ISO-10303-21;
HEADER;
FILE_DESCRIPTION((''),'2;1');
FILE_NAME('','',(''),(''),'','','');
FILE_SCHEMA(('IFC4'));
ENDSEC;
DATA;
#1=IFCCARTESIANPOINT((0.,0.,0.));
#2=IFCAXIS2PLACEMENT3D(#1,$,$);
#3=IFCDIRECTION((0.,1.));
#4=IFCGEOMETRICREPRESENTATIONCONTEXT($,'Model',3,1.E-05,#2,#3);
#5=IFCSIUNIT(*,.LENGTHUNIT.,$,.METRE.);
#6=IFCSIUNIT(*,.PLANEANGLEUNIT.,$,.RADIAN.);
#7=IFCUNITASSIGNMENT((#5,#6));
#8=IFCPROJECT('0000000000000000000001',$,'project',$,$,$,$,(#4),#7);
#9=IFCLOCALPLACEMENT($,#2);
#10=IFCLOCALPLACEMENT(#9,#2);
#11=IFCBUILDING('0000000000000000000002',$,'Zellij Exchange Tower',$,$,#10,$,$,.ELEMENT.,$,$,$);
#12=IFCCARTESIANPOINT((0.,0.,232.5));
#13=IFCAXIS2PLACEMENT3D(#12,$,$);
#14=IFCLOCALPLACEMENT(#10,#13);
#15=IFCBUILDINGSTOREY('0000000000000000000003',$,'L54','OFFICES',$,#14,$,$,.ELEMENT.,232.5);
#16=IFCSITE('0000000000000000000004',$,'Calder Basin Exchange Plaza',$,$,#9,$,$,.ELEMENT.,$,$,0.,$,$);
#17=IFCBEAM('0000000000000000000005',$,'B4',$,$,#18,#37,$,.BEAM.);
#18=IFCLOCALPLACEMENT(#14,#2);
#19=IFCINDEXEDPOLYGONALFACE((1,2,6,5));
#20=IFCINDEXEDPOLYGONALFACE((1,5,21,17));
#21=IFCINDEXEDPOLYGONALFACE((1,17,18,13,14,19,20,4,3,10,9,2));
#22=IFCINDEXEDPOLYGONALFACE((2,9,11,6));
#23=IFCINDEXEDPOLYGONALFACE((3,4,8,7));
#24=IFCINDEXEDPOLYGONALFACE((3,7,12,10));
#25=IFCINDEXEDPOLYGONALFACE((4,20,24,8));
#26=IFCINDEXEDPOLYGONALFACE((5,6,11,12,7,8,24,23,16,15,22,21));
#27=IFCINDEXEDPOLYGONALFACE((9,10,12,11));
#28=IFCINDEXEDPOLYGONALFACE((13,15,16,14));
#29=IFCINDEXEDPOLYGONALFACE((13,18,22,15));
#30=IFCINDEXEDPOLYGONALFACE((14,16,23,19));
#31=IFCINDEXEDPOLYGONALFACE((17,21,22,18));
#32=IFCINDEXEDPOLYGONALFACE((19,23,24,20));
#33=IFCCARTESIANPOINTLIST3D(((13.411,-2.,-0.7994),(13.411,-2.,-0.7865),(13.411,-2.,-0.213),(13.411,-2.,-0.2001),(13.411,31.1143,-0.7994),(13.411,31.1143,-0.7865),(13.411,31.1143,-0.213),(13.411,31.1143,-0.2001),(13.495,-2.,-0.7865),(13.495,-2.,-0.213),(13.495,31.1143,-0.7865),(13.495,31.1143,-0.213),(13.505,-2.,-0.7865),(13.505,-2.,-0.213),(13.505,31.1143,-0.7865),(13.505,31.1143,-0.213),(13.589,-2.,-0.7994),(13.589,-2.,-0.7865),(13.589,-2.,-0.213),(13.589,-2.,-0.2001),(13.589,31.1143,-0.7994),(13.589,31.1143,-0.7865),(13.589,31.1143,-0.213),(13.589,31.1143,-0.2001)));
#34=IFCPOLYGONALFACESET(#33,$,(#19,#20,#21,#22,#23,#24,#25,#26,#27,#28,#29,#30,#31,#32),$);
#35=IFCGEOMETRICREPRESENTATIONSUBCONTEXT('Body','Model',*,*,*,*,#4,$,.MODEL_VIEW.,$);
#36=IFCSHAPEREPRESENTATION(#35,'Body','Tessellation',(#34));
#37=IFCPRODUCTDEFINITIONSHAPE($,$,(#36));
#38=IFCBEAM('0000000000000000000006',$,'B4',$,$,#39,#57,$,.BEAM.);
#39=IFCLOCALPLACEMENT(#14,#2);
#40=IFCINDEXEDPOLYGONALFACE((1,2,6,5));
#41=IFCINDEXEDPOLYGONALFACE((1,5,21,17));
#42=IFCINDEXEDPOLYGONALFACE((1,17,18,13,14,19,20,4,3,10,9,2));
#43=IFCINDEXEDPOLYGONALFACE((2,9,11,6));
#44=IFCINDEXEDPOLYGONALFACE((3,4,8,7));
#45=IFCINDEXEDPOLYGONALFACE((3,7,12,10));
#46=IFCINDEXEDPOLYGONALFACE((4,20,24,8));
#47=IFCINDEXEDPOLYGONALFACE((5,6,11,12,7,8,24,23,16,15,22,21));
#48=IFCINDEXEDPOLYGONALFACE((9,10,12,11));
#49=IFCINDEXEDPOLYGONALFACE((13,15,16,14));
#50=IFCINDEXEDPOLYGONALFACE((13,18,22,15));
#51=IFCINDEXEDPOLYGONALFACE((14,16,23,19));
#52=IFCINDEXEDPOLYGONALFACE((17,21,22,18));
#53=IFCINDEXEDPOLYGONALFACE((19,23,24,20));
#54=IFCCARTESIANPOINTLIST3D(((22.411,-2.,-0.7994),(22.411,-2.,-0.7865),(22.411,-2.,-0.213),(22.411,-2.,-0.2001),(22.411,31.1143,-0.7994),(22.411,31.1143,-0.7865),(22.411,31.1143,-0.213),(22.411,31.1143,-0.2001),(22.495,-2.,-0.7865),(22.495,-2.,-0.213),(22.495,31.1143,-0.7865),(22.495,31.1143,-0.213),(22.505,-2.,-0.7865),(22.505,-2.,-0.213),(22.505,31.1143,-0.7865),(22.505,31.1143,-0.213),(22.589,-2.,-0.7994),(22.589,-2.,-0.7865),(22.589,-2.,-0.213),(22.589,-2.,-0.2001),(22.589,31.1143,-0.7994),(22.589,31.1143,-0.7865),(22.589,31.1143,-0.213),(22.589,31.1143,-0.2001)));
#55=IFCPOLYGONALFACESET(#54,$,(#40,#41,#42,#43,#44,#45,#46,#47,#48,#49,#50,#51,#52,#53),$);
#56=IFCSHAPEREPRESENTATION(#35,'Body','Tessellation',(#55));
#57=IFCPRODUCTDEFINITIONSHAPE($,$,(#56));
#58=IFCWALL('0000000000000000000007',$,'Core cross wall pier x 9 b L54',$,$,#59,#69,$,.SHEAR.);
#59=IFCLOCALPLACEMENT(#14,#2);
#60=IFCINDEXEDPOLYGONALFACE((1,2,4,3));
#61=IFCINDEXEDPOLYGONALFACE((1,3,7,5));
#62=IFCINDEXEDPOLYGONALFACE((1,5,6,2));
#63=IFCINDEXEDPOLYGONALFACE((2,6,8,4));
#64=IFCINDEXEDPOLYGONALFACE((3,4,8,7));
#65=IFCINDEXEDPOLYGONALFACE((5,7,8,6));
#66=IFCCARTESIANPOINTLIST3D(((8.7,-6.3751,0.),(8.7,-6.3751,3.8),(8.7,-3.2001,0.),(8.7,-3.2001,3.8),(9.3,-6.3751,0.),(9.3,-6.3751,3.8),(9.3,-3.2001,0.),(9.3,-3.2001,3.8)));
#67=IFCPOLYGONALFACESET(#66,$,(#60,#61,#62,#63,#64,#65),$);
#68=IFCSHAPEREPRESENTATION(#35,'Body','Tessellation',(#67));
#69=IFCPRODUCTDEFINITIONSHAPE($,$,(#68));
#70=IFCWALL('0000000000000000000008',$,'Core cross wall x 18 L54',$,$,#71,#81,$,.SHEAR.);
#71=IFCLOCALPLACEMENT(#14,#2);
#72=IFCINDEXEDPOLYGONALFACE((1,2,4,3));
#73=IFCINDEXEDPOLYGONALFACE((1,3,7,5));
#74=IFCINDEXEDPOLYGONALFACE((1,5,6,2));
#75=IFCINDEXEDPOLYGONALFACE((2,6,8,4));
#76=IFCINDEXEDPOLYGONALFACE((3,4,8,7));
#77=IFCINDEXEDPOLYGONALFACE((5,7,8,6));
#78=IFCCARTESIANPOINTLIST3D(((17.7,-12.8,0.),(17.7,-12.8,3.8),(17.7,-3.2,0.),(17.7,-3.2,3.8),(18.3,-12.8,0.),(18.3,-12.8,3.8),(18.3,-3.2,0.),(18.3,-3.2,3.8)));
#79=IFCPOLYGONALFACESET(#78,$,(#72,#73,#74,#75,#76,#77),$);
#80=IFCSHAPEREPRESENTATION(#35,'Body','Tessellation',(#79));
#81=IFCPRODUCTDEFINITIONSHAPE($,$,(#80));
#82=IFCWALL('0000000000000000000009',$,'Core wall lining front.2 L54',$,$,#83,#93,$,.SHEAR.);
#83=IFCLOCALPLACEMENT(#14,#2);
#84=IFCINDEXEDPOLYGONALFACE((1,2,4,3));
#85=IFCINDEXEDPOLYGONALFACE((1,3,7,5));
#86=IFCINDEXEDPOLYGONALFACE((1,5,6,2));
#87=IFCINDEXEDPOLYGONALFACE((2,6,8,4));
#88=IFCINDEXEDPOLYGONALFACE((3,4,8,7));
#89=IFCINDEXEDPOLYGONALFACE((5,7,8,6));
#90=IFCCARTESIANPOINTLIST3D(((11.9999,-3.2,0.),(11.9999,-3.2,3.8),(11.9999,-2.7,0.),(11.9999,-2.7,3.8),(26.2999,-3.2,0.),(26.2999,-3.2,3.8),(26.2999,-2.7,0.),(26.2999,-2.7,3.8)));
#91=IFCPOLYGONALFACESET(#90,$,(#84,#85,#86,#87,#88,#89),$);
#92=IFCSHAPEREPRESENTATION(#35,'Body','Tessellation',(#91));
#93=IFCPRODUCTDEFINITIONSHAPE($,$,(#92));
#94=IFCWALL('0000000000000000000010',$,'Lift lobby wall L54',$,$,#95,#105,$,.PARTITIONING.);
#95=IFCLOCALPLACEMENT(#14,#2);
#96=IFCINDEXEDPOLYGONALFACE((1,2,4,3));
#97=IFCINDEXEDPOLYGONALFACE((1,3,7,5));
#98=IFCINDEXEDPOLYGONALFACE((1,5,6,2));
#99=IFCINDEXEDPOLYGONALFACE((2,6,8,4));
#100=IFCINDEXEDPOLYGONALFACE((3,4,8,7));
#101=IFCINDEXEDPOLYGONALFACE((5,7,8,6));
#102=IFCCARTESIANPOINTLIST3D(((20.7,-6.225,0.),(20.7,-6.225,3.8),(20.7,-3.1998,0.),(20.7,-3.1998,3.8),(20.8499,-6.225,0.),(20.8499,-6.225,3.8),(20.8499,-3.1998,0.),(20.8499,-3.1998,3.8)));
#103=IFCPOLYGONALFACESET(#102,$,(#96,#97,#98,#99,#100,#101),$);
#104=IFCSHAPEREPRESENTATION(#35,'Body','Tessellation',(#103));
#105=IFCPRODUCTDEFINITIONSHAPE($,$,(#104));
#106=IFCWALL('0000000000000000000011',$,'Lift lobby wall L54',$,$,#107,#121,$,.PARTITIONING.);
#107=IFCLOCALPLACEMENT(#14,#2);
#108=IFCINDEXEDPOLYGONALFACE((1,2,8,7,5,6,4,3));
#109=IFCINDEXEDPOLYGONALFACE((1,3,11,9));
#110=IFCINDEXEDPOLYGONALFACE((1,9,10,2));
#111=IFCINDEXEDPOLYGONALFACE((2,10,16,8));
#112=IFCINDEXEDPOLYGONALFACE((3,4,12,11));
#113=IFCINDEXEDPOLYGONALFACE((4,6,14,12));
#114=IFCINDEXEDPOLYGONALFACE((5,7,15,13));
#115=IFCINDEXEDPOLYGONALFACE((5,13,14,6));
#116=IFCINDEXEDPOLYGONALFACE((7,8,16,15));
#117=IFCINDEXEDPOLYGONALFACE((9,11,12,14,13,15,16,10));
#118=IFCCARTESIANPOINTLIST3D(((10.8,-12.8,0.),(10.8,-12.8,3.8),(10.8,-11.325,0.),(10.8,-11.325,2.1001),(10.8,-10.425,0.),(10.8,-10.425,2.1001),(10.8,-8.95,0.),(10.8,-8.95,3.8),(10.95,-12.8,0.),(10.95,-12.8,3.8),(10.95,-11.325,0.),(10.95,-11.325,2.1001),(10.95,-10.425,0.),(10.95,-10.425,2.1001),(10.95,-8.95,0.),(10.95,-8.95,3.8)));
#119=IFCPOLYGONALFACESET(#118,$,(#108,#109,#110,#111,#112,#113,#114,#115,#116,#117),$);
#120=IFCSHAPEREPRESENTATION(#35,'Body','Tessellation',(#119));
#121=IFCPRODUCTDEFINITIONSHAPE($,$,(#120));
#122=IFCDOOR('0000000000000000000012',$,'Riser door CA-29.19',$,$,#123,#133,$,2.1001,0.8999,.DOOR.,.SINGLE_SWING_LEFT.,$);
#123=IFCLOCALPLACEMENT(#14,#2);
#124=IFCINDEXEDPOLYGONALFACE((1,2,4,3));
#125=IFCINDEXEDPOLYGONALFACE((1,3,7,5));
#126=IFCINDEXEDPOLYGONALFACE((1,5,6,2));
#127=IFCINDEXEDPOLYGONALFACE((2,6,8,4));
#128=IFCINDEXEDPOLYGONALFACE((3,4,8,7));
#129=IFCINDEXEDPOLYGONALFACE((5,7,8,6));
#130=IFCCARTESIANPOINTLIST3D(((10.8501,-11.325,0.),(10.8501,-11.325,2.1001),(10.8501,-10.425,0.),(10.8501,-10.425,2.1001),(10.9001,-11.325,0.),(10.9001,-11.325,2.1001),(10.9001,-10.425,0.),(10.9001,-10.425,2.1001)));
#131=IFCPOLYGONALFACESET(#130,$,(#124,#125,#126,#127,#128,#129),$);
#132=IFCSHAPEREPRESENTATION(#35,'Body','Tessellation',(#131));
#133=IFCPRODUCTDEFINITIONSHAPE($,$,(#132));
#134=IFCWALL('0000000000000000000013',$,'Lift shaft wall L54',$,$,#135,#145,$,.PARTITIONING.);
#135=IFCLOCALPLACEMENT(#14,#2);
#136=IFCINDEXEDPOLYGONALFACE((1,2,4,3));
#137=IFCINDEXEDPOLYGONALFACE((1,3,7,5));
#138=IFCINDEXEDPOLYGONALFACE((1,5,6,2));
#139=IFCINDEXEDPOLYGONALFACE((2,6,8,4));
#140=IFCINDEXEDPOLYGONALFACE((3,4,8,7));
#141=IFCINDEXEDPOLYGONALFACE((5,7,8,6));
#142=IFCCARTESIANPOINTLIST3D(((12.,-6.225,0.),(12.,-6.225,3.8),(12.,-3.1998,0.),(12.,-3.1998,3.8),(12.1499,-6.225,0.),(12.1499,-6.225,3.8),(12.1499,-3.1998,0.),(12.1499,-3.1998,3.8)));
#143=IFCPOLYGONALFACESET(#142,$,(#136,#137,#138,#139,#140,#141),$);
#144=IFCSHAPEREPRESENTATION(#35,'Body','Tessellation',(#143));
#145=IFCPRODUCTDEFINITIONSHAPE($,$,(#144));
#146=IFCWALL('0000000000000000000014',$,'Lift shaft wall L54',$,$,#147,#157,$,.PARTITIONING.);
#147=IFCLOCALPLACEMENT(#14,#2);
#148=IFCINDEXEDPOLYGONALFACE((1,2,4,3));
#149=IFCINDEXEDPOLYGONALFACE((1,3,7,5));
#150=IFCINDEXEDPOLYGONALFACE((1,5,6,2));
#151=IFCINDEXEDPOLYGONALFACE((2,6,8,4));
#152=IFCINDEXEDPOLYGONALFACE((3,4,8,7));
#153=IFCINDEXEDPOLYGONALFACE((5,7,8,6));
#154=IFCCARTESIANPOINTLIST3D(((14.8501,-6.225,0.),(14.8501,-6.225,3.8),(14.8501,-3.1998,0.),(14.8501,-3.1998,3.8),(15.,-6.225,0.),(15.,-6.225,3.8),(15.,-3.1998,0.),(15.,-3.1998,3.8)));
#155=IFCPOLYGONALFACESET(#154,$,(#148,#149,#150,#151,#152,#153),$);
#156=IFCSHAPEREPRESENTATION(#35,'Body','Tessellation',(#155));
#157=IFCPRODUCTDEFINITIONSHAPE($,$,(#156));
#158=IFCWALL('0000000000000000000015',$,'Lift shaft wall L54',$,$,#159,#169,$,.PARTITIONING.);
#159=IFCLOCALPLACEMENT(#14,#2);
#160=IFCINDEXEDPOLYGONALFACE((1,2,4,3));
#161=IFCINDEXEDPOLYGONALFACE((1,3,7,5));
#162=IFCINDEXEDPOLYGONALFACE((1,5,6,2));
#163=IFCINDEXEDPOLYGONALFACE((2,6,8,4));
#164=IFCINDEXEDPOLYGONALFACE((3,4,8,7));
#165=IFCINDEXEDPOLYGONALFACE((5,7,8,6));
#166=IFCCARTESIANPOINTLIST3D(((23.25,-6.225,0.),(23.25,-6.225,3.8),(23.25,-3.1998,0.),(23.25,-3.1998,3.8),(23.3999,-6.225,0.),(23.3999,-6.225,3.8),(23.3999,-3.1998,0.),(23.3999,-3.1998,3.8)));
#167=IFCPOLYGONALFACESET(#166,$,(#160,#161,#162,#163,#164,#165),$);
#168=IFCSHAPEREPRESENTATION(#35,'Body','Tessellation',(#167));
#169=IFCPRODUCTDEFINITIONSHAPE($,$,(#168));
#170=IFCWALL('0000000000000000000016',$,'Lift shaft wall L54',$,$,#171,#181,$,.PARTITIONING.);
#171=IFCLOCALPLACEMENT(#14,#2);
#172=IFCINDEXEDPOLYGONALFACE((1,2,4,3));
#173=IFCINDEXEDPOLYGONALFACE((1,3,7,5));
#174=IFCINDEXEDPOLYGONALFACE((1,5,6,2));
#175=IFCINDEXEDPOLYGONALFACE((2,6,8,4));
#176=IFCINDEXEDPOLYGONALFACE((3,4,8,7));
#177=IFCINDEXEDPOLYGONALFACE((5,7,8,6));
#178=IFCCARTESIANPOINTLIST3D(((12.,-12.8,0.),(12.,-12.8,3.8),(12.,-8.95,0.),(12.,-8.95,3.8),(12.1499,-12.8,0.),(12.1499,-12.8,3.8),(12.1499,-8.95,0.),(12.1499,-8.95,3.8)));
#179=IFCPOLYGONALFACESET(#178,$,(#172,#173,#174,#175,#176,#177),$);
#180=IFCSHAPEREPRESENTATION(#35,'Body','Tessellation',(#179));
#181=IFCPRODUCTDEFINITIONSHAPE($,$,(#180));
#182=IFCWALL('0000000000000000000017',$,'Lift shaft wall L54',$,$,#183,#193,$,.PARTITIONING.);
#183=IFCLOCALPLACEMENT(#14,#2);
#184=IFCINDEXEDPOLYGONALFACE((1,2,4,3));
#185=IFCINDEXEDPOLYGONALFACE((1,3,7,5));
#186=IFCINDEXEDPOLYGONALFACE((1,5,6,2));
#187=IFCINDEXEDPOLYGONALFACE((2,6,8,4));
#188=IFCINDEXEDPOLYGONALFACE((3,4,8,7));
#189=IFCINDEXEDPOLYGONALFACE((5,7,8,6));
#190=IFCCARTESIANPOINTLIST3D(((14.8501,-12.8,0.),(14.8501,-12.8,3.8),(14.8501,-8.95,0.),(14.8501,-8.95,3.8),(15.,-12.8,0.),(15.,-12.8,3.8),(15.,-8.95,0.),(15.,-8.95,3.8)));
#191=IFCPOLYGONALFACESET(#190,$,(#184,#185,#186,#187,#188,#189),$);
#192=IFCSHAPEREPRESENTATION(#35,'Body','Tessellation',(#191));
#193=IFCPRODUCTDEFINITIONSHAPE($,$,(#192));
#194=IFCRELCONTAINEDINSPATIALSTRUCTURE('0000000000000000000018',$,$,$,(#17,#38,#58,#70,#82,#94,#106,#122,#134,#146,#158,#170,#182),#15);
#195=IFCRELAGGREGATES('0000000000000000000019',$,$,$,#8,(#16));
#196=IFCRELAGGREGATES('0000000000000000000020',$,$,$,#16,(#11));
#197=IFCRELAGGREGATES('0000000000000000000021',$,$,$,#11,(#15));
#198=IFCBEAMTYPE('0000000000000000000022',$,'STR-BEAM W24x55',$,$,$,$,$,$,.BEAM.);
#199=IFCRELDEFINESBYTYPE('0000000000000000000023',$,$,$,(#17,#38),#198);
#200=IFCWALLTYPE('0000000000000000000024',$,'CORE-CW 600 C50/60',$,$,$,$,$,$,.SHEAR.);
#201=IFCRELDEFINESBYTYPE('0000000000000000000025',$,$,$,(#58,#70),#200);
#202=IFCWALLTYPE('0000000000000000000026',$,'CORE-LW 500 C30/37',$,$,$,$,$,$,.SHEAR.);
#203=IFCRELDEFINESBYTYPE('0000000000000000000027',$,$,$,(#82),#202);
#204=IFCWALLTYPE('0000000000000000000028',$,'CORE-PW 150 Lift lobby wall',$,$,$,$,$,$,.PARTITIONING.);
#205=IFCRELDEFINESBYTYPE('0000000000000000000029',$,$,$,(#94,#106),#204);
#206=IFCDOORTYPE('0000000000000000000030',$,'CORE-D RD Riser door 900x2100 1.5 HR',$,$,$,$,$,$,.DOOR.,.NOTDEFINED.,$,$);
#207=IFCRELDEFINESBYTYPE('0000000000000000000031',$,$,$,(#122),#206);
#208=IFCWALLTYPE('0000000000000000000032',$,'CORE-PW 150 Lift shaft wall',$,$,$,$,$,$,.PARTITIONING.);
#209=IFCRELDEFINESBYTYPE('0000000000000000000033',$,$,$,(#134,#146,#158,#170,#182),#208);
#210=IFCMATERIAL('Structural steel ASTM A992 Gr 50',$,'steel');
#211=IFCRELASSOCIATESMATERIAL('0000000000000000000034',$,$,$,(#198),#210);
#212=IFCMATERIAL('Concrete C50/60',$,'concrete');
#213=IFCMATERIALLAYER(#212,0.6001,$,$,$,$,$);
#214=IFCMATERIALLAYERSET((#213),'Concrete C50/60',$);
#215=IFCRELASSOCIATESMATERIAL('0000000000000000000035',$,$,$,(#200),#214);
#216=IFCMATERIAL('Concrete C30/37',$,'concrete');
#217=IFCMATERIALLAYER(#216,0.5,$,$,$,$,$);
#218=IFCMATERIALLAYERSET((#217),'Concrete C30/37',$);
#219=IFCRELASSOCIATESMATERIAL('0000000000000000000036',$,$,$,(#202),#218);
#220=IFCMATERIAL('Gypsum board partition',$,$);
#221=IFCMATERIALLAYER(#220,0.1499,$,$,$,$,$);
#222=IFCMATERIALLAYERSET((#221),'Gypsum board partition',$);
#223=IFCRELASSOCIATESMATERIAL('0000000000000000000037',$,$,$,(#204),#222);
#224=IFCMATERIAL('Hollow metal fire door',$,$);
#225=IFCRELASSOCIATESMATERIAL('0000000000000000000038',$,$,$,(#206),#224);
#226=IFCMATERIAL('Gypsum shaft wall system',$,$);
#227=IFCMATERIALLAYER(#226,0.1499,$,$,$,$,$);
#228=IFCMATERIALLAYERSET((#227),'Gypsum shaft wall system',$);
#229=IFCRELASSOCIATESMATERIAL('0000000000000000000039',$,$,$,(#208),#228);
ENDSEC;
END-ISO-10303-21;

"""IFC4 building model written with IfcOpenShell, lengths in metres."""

from ifc_helpers import new_model, si_unit, direction, frame, frame_2d, origin, origin_2d, place, context, subcontext, project, spatial, rectangle, i_section, extrude, material, layer, layer_set, material_profile, profile_set, type_object, element, fill, save


model = new_model("IFC4")

# Units and contexts
model_context = context("Model", 3, precision=1e-05, world=origin(), true_north=direction((0.0, 1.0)))
body_context = subcontext(model_context, "Body", "Model", "MODEL_VIEW")
ifc_project = project(units=[si_unit("LENGTHUNIT", "METRE"), si_unit("PLANEANGLEUNIT", "RADIAN")], contexts=[model_context])

# Site, building, storey
site_placement = place(None, origin())
site = spatial("IfcSite", under=ifc_project, at=site_placement, Name="Calder Basin Exchange Plaza", CompositionType="ELEMENT", RefElevation=0.0)
building_placement = place(site_placement, origin())
building = spatial("IfcBuilding", under=site, at=building_placement, Name="Zellij Exchange Tower", CompositionType="ELEMENT")
storey_placement = place(building_placement, frame((0.0, 0.0, 232.5)))
storey = spatial("IfcBuildingStorey", under=building, at=storey_placement, Name="L54", Description="OFFICES", CompositionType="ELEMENT", Elevation=232.5)

# Beams
ifc_material_1 = material(Name="Structural steel ASTM A992 Gr 50", Category="steel")
ifc_material_profile = material_profile(ifc_material_1, i_section(OverallWidth=0.178, OverallDepth=0.5994, WebThickness=0.01, FlangeThickness=0.0129, at=origin_2d()), Name="W24x55")
ifc_profile_set = profile_set([ifc_material_profile], Name="Structural steel ASTM A992 Gr 50")
beam_type = type_object("IfcBeamType", Name="STR-BEAM W24x55", PredefinedType="BEAM", material=ifc_profile_set)
for number, where, z_axis, x_axis, name in (
    (1, (13.5, -2.0, -0.4998), (0.0, 1.0, 0.0), (-1.0, 0.0, 0.0), "B4"),
    (2, (22.5, -2.0, -0.4998), (0.0, 1.0, 0.0), (-1.0, 0.0, 0.0), "B4"),
):
    element("IfcBeam", number, at=place(storey_placement, frame(where, z_axis=z_axis, x_axis=x_axis)), inside=storey, type_object=beam_type, Name=name, PredefinedType="BEAM", context=body_context, shape_type="SweptSolid", body=[
        extrude(i_section(OverallWidth=0.178, OverallDepth=0.5994, WebThickness=0.01, FlangeThickness=0.0129, at=origin_2d()), origin(), (0.0, 0.0, 1.0), 33.1143),
    ])

# Walls
ifc_material_2 = material(Name="Concrete C50/60", Category="concrete")
ifc_layer_1 = layer(ifc_material_2, 0.6001)
ifc_layer_set_1 = layer_set([ifc_layer_1], Name="Concrete C50/60")
wall_type_1 = type_object("IfcWallType", Name="CORE-CW 600 C50/60", PredefinedType="SHEAR", material=ifc_layer_set_1)
wall_1_placement = place(storey_placement, frame((9.0, -6.375, 0.0), z_axis=(0.0, 0.0, 1.0), x_axis=(0.0, 1.0, 0.0)))
element("IfcWall", 3, at=wall_1_placement, inside=storey, type_object=wall_type_1, Name="Core cross wall pier x 9 b L54", PredefinedType="SHEAR", context=body_context, shape_type="SweptSolid", body=[
    extrude(rectangle(XDim=3.175, YDim=0.6001, at=frame_2d((1.5874, 0.0))), origin(), (0.0, 0.0, 1.0), 3.8),
])
wall_2_placement = place(storey_placement, frame((18.0, -12.8, 0.0), z_axis=(0.0, 0.0, 1.0), x_axis=(0.0, 1.0, 0.0)))
element("IfcWall", 4, at=wall_2_placement, inside=storey, type_object=wall_type_1, Name="Core cross wall x 18 L54", PredefinedType="SHEAR", context=body_context, shape_type="SweptSolid", body=[
    extrude(rectangle(XDim=9.6001, YDim=0.6001, at=frame_2d((4.8, 0.0))), origin(), (0.0, 0.0, 1.0), 3.8),
])
ifc_material_3 = material(Name="Concrete C30/37", Category="concrete")
ifc_layer_2 = layer(ifc_material_3, 0.5)
ifc_layer_set_2 = layer_set([ifc_layer_2], Name="Concrete C30/37")
wall_type_2 = type_object("IfcWallType", Name="CORE-LW 500 C30/37", PredefinedType="SHEAR", material=ifc_layer_set_2)
wall_3_placement = place(storey_placement, frame((12.0, -2.95, 0.0), z_axis=(0.0, 0.0, 1.0), x_axis=(1.0, 0.0, 0.0)))
element("IfcWall", 5, at=wall_3_placement, inside=storey, type_object=wall_type_2, Name="Core wall lining front.2 L54", PredefinedType="SHEAR", context=body_context, shape_type="SweptSolid", body=[
    extrude(rectangle(XDim=14.3, YDim=0.5, at=frame_2d((7.1499, 0.0))), origin(), (0.0, 0.0, 1.0), 3.8),
])
ifc_material_4 = material(Name="Gypsum board partition")
ifc_layer_3 = layer(ifc_material_4, 0.1499)
ifc_layer_set_3 = layer_set([ifc_layer_3], Name="Gypsum board partition")
wall_type_3 = type_object("IfcWallType", Name="CORE-PW 150 Lift lobby wall", PredefinedType="PARTITIONING", material=ifc_layer_set_3)
wall_4_placement = place(storey_placement, frame((20.7749, -6.2251, 0.0), z_axis=(0.0, 0.0, 1.0), x_axis=(0.0, 1.0, 0.0)))
element("IfcWall", 6, at=wall_4_placement, inside=storey, type_object=wall_type_3, Name="Lift lobby wall L54", PredefinedType="PARTITIONING", context=body_context, shape_type="SweptSolid", body=[
    extrude(rectangle(XDim=3.0251, YDim=0.1499, at=frame_2d((1.5127, 0.0))), origin(), (0.0, 0.0, 1.0), 3.8),
])

# Wall, opening, door
wall_5_placement = place(storey_placement, frame((10.875, -12.8, 0.0), z_axis=(0.0, 0.0, 1.0), x_axis=(0.0, 1.0, 0.0)))
wall_5 = element("IfcWall", 7, at=wall_5_placement, inside=storey, type_object=wall_type_3, Name="Lift lobby wall L54", PredefinedType="PARTITIONING", context=body_context, shape_type="SweptSolid", body=[
    extrude(rectangle(XDim=3.8501, YDim=0.1499, at=frame_2d((1.925, 0.0))), origin(), (0.0, 0.0, 1.0), 3.8),
])
opening_1_placement = place(wall_5_placement, frame((1.4751, 0.0, 0.0)))
opening_1 = element("IfcOpeningElement", 8, at=opening_1_placement, cuts=wall_5, PredefinedType="OPENING", context=body_context, shape_type="SweptSolid", body=[
    extrude(rectangle(XDim=0.8999, YDim=2.1001, at=frame_2d((0.45, 1.05))), frame((0.0, 0.0869, 0.0), z_axis=(0.0, -1.0, 0.0), x_axis=(1.0, 0.0, 0.0)), (0.0, 0.0, 1.0), 0.1738),
])
ifc_material_5 = material(Name="Hollow metal fire door")
door_type_1 = type_object("IfcDoorType", Name="CORE-D RD Riser door 900x2100 1.5 HR", OperationType="NOTDEFINED", PredefinedType="DOOR", material=ifc_material_5)
door_1_placement = place(opening_1_placement, origin())
door_1 = element("IfcDoor", 9, at=door_1_placement, inside=storey, type_object=door_type_1, Name="Riser door CA-29.19", OperationType="SINGLE_SWING_LEFT", OverallHeight=2.1001, OverallWidth=0.8999, PredefinedType="DOOR", context=body_context, shape_type="SweptSolid", body=[
    extrude(rectangle(XDim=0.8999, YDim=2.1001, at=frame_2d((0.45, 1.05))), frame((0.0, 0.0249, 0.0), z_axis=(0.0, -1.0, 0.0), x_axis=(1.0, 0.0, 0.0)), (0.0, 0.0, 1.0), 0.05),
])
fill(opening_1, door_1)

# Walls
ifc_material_6 = material(Name="Gypsum shaft wall system")
ifc_layer_4 = layer(ifc_material_6, 0.1499)
ifc_layer_set_4 = layer_set([ifc_layer_4], Name="Gypsum shaft wall system")
wall_type_4 = type_object("IfcWallType", Name="CORE-PW 150 Lift shaft wall", PredefinedType="PARTITIONING", material=ifc_layer_set_4)
for number, where, z_axis, x_axis, name in (
    (10, (12.075, -6.2251, 0.0), (0.0, 0.0, 1.0), (0.0, 1.0, 0.0), "Lift shaft wall L54"),
    (11, (14.925, -6.2251, 0.0), (0.0, 0.0, 1.0), (0.0, 1.0, 0.0), "Lift shaft wall L54"),
    (12, (23.325, -6.2251, 0.0), (0.0, 0.0, 1.0), (0.0, 1.0, 0.0), "Lift shaft wall L54"),
):
    element("IfcWall", number, at=place(storey_placement, frame(where, z_axis=z_axis, x_axis=x_axis)), inside=storey, type_object=wall_type_4, Name=name, PredefinedType="PARTITIONING", context=body_context, shape_type="SweptSolid", body=[
        extrude(rectangle(XDim=3.0251, YDim=0.1499, at=frame_2d((1.5127, 0.0))), origin(), (0.0, 0.0, 1.0), 3.8),
    ])
for number, where, z_axis, x_axis, name in (
    (13, (12.075, -12.8, 0.0), (0.0, 0.0, 1.0), (0.0, 1.0, 0.0), "Lift shaft wall L54"),
    (14, (14.925, -12.8, 0.0), (0.0, 0.0, 1.0), (0.0, 1.0, 0.0), "Lift shaft wall L54"),
):
    element("IfcWall", number, at=place(storey_placement, frame(where, z_axis=z_axis, x_axis=x_axis)), inside=storey, type_object=wall_type_4, Name=name, PredefinedType="PARTITIONING", context=body_context, shape_type="SweptSolid", body=[
        extrude(rectangle(XDim=3.8501, YDim=0.1499, at=frame_2d((1.925, 0.0))), origin(), (0.0, 0.0, 1.0), 3.8),
    ])

save(model, "model.ifc")
